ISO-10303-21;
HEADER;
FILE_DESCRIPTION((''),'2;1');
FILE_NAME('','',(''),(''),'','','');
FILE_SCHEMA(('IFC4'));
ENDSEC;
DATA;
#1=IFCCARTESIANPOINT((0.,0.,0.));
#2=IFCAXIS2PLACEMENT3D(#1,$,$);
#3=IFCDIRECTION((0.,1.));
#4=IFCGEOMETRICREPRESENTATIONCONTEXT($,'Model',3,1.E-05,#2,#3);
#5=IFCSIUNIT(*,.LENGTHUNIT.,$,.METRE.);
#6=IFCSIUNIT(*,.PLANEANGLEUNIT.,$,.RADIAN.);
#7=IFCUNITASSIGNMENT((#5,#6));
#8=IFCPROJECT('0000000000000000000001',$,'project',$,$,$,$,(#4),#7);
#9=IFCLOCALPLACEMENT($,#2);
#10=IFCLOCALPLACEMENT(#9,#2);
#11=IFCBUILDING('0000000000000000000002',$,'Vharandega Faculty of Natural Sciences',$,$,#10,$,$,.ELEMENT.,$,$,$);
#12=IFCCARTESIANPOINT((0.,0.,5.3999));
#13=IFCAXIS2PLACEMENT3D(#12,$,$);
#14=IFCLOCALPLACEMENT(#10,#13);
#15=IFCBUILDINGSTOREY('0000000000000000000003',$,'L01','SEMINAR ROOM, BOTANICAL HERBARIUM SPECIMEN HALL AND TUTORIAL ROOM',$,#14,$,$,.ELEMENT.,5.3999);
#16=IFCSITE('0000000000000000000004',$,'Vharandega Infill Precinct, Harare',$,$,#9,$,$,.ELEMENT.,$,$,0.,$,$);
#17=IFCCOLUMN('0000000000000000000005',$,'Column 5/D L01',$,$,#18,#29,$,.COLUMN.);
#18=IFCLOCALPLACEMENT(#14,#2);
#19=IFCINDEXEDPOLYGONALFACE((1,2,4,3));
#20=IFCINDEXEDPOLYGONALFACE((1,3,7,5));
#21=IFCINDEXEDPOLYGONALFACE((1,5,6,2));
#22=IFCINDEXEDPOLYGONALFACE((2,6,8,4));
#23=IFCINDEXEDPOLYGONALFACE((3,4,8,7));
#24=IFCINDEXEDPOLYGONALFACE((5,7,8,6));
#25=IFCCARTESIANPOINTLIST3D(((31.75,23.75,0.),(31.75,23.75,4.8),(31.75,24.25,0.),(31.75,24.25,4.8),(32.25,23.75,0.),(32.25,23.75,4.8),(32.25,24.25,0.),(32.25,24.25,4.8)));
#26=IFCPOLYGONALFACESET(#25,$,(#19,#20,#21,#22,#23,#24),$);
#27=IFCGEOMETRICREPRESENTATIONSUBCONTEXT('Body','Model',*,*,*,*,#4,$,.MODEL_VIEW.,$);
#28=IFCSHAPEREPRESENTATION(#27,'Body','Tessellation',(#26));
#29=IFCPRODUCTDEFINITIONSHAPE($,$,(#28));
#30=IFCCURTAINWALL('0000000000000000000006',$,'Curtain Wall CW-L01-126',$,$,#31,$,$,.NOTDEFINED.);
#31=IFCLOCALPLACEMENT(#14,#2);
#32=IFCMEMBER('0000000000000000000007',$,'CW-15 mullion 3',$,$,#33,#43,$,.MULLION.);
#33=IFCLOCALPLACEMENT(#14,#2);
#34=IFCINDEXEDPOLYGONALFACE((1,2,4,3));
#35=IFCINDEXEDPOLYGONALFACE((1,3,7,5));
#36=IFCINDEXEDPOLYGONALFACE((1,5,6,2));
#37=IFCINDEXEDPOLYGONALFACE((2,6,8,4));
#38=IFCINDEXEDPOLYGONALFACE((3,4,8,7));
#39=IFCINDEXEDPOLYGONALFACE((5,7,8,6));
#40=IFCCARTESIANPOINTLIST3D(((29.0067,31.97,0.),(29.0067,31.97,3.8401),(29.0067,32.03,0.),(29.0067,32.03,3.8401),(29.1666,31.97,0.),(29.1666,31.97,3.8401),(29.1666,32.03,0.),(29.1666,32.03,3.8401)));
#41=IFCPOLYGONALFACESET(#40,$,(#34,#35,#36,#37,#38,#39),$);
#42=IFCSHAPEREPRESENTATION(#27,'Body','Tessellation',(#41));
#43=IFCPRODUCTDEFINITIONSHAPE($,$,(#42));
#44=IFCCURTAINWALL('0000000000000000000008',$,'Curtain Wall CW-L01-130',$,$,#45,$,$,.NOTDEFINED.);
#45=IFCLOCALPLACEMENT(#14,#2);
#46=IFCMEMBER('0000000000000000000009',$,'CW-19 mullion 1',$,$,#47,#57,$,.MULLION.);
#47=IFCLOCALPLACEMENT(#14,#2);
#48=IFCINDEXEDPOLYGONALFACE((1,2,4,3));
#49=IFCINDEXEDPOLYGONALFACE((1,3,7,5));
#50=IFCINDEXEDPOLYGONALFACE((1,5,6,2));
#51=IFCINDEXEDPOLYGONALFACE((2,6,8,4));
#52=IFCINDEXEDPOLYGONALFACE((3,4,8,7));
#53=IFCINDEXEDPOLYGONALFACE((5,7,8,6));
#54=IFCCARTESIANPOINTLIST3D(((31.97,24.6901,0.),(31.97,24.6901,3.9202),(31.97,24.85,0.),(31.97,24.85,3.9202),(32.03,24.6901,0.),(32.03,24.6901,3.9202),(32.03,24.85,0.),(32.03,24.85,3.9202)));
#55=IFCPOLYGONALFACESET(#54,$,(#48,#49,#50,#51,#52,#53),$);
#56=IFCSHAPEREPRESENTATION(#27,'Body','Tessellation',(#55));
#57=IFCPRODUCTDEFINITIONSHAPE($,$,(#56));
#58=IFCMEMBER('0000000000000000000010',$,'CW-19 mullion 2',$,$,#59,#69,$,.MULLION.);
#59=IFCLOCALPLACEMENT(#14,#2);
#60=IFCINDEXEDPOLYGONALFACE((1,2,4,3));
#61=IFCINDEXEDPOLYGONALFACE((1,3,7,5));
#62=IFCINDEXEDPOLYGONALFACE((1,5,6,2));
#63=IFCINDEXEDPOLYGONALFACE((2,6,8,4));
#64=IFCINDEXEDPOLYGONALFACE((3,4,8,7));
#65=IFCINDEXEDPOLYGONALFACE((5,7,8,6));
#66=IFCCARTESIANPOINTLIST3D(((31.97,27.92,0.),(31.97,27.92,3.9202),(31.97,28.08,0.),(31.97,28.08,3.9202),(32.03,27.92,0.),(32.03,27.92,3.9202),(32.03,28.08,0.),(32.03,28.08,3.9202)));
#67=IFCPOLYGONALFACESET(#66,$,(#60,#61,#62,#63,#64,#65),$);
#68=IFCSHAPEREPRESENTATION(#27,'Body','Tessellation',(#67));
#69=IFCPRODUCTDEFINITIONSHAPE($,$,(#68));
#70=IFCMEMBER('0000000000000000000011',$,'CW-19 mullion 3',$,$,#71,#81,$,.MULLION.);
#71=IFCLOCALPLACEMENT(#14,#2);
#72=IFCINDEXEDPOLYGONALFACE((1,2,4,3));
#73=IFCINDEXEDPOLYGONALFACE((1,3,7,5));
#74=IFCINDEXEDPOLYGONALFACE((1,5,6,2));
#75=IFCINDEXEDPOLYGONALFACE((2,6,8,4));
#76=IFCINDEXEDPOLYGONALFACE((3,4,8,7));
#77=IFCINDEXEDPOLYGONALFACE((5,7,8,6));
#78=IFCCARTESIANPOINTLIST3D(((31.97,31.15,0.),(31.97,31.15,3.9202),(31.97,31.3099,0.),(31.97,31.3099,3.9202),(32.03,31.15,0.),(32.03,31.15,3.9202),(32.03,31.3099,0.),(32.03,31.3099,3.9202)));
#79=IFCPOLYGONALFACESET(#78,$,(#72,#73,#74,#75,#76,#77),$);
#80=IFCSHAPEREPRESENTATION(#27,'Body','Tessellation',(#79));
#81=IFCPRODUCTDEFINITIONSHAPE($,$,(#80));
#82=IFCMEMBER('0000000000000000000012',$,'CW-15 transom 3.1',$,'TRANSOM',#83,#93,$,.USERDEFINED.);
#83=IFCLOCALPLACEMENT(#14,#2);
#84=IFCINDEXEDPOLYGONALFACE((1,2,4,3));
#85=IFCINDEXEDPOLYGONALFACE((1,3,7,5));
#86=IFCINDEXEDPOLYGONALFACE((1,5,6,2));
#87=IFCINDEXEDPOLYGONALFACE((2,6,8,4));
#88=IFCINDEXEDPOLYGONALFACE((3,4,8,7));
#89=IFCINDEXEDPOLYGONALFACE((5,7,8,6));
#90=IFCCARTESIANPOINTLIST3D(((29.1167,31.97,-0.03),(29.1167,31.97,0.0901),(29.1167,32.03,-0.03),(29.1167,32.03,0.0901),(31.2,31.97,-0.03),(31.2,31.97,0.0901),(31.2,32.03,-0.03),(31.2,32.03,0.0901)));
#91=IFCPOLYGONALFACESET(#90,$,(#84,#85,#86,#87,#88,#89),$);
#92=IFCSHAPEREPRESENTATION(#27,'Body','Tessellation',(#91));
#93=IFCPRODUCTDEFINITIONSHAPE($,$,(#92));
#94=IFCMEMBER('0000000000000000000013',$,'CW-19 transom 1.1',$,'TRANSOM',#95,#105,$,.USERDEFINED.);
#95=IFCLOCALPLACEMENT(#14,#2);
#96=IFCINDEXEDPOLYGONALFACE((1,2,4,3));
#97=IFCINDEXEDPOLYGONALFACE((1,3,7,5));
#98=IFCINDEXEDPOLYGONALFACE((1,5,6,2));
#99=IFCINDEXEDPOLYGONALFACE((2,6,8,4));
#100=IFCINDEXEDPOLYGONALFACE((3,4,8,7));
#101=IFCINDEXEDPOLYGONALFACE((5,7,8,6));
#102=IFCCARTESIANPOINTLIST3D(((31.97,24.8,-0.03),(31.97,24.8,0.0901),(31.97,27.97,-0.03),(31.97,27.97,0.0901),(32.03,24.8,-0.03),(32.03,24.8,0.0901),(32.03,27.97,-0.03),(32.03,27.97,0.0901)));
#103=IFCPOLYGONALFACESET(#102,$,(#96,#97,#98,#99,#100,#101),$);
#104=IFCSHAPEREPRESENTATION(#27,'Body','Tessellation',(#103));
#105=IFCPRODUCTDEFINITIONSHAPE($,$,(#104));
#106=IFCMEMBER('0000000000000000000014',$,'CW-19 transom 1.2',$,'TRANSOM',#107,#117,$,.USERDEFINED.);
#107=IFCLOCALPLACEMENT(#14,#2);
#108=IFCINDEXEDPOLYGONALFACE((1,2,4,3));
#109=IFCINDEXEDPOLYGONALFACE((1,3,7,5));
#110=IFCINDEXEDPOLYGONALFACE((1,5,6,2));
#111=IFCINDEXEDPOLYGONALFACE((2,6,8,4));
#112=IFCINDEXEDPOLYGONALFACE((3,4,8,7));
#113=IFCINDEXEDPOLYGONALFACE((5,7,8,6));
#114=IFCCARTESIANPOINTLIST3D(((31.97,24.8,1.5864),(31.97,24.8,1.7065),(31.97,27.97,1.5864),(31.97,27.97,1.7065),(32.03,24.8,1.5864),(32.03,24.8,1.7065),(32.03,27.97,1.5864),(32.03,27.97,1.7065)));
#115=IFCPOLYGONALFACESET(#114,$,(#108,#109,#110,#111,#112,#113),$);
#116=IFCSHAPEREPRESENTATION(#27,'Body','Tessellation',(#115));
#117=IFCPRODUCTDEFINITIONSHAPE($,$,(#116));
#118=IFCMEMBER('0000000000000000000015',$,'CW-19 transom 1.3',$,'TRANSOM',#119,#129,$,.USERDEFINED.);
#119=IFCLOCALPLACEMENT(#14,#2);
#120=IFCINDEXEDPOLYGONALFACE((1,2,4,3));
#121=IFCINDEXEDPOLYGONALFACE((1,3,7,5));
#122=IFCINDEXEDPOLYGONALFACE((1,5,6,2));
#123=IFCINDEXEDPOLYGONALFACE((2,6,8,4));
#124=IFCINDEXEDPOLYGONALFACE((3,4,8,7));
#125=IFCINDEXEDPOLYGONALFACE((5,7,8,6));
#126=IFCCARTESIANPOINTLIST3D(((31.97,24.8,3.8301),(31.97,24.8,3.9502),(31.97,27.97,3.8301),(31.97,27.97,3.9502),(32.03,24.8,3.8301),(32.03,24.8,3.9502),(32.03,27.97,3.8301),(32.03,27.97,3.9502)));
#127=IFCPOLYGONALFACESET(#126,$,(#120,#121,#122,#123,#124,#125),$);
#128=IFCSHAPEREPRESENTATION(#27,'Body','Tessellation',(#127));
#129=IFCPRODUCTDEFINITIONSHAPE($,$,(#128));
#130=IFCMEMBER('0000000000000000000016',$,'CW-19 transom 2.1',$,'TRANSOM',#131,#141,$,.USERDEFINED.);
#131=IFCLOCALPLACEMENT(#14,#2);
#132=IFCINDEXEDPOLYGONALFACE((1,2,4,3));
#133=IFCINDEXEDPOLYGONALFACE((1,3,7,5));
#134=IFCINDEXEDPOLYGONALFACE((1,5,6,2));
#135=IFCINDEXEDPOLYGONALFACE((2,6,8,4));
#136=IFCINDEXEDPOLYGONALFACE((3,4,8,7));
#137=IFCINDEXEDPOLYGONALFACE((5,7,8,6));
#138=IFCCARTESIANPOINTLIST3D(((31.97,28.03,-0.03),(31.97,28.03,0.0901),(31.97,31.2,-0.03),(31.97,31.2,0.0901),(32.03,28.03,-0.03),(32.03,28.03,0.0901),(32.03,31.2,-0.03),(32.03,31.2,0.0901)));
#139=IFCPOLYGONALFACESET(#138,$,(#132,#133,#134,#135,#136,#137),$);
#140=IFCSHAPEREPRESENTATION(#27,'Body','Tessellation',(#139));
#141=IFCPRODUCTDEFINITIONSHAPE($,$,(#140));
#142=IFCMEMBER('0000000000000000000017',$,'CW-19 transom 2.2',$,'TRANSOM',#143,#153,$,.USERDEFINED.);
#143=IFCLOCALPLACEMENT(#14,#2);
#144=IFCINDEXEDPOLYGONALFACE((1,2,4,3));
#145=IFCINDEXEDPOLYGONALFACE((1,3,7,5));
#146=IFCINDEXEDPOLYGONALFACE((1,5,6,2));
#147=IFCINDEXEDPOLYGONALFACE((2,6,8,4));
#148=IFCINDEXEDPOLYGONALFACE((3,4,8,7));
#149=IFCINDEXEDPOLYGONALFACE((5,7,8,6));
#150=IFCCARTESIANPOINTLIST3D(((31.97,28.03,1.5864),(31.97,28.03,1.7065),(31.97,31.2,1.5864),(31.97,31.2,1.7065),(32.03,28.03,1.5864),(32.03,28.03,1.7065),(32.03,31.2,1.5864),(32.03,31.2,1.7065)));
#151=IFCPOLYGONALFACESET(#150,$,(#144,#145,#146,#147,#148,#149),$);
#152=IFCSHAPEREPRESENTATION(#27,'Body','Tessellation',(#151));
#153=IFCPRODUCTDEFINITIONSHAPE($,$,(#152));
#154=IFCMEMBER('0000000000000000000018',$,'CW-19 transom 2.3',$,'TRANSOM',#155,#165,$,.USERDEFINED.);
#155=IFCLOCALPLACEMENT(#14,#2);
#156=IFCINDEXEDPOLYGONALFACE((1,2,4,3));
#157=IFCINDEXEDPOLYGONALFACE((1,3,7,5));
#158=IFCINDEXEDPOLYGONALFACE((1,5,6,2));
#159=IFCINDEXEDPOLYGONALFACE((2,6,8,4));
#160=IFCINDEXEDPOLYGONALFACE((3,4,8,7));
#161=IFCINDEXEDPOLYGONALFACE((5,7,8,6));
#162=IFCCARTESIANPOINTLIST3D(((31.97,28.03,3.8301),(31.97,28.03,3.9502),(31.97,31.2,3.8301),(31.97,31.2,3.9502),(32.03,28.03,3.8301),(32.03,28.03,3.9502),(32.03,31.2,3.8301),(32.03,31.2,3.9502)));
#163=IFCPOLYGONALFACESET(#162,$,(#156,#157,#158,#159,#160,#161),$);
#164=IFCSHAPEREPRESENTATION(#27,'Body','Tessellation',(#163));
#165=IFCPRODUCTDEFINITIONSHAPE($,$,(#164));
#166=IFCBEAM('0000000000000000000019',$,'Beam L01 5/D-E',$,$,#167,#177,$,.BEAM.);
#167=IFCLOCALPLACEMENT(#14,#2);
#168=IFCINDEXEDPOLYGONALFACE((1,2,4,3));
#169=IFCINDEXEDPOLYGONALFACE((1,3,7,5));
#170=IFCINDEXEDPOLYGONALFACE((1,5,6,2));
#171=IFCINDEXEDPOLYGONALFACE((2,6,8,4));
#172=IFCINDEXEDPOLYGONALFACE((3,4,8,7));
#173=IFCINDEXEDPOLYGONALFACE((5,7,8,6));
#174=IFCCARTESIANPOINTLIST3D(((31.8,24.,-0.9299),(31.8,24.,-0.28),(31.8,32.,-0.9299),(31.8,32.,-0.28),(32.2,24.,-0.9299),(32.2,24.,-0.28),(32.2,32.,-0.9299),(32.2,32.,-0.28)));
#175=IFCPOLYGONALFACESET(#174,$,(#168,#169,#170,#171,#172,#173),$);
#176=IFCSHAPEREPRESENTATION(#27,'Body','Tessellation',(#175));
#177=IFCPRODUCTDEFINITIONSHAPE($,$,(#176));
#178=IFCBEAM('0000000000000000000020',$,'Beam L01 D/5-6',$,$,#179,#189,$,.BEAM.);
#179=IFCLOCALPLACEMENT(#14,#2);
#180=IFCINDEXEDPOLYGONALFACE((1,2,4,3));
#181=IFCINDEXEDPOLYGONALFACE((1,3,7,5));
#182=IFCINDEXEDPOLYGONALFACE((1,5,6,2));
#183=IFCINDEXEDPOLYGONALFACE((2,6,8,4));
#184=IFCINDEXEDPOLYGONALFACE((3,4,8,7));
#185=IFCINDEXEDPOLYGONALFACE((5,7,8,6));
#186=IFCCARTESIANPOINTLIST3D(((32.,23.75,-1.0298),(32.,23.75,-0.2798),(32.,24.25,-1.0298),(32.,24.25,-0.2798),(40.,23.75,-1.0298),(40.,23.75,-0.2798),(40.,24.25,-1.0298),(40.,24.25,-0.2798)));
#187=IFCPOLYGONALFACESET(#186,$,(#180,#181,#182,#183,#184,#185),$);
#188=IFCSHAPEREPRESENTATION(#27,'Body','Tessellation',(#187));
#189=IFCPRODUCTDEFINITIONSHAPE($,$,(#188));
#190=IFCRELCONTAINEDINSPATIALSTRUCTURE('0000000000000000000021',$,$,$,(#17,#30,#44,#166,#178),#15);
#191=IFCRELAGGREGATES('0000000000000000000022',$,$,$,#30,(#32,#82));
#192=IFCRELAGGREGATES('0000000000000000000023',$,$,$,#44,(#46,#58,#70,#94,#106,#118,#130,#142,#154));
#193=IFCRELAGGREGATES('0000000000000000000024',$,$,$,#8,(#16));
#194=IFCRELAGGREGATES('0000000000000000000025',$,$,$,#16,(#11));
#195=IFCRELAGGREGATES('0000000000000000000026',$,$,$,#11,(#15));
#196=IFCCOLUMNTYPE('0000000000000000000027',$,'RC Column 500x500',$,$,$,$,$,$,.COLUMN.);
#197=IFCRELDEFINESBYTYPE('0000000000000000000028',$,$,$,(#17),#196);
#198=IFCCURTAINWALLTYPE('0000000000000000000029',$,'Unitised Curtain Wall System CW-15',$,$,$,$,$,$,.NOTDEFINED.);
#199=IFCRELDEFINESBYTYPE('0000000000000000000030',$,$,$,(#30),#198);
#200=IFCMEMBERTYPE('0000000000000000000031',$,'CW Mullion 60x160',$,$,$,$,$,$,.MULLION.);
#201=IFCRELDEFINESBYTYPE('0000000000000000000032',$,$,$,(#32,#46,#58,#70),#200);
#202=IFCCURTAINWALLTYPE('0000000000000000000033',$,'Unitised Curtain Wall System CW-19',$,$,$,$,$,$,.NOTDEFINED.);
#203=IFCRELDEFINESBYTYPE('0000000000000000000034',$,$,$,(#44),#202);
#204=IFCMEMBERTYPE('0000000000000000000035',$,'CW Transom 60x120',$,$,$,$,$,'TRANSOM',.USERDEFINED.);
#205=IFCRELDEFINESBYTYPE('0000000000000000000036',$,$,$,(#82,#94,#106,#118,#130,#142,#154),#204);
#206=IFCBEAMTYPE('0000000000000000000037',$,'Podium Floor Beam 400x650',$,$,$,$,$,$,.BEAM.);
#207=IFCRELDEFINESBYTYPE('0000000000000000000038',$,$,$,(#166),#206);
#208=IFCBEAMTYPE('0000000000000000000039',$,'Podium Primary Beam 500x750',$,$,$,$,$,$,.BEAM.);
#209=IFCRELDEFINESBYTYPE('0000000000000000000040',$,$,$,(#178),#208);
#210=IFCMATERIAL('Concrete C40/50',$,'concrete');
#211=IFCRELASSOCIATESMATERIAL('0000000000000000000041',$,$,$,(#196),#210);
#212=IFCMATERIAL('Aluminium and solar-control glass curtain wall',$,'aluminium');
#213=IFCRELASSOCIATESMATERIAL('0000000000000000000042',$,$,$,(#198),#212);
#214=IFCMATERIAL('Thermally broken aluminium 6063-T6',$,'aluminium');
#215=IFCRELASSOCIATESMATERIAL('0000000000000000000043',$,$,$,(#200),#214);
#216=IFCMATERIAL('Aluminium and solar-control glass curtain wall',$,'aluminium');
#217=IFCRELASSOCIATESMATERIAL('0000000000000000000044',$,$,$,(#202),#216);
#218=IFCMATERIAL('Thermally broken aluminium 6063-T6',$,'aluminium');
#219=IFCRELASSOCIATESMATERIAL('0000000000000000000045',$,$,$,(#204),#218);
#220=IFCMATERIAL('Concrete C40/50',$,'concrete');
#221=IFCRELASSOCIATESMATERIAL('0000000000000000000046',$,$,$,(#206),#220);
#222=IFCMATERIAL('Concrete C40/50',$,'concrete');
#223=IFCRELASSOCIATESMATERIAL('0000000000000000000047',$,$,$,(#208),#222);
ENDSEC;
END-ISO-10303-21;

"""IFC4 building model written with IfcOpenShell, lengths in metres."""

from ifc_helpers import new_model, si_unit, direction, frame, origin, origin_2d, place, context, subcontext, project, spatial, rectangle, extrude, material, material_profile, profile_set, type_object, element, aggregate, save


model = new_model("IFC4")

# Units and contexts
model_context = context("Model", 3, precision=1e-05, world=origin(), true_north=direction((0.0, 1.0)))
body_context = subcontext(model_context, "Body", "Model", "MODEL_VIEW")
ifc_project = project(units=[si_unit("LENGTHUNIT", "METRE"), si_unit("PLANEANGLEUNIT", "RADIAN")], contexts=[model_context])

# Site, building, storey
site_placement = place(None, origin())
site = spatial("IfcSite", under=ifc_project, at=site_placement, Name="Vharandega Infill Precinct, Harare", CompositionType="ELEMENT", RefElevation=0.0)
building_placement = place(site_placement, origin())
building = spatial("IfcBuilding", under=site, at=building_placement, Name="Vharandega Faculty of Natural Sciences", CompositionType="ELEMENT")
storey_placement = place(building_placement, frame((0.0, 0.0, 5.3999)))
storey = spatial("IfcBuildingStorey", under=building, at=storey_placement, Name="L01", Description="SEMINAR ROOM, BOTANICAL HERBARIUM SPECIMEN HALL AND TUTORIAL ROOM", CompositionType="ELEMENT", Elevation=5.3999)

# Column
ifc_material_1 = material(Name="Concrete C40/50", Category="concrete")
ifc_material_profile_1 = material_profile(ifc_material_1, rectangle(XDim=0.5, YDim=0.5, at=origin_2d()), Name="RC 500x500")
ifc_profile_set_1 = profile_set([ifc_material_profile_1], Name="Concrete C40/50")
column_type = type_object("IfcColumnType", Name="RC Column 500x500", PredefinedType="COLUMN", material=ifc_profile_set_1)
column_placement = place(storey_placement, frame((32.0, 24.0, 0.0), z_axis=(0.0, 0.0, 1.0), x_axis=(1.0, 0.0, 0.0)))
element("IfcColumn", 1, at=column_placement, inside=storey, type_object=column_type, Name="Column 5/D L01", PredefinedType="COLUMN", context=body_context, shape_type="SweptSolid", body=[
    extrude(rectangle(XDim=0.5, YDim=0.5, at=origin_2d()), origin(), (0.0, 0.0, 1.0), 4.8),
])

# Curtain wall, member
ifc_material_2 = material(Name="Aluminium and solar-control glass curtain wall", Category="aluminium")
curtain_wall_type_1 = type_object("IfcCurtainWallType", Name="Unitised Curtain Wall System CW-15", PredefinedType="NOTDEFINED", material=ifc_material_2)
curtain_wall_1_placement = place(storey_placement, origin())
curtain_wall_1 = element("IfcCurtainWall", 2, at=curtain_wall_1_placement, inside=storey, type_object=curtain_wall_type_1, Name="Curtain Wall CW-L01-126", PredefinedType="NOTDEFINED")
ifc_material_3 = material(Name="Thermally broken aluminium 6063-T6", Category="aluminium")
ifc_material_profile_2 = material_profile(ifc_material_3, rectangle(XDim=0.0601, YDim=0.1599, at=origin_2d()), Name="ALU 60x160")
ifc_profile_set_2 = profile_set([ifc_material_profile_2], Name="Thermally broken aluminium 6063-T6")
member_type_1 = type_object("IfcMemberType", Name="CW Mullion 60x160", PredefinedType="MULLION", material=ifc_profile_set_2)
member_1_placement = place(storey_placement, frame((29.0867, 32.0, 0.0), z_axis=(0.0, 0.0, 1.0), x_axis=(0.0, 1.0, 0.0)))
member_1 = element("IfcMember", 3, at=member_1_placement, type_object=member_type_1, Name="CW-15 mullion 3", PredefinedType="MULLION", context=body_context, shape_type="SweptSolid", body=[
    extrude(rectangle(XDim=0.0601, YDim=0.1599, at=origin_2d()), origin(), (0.0, 0.0, 1.0), 3.8401),
])

# Curtain wall, members
ifc_material_4 = material(Name="Aluminium and solar-control glass curtain wall", Category="aluminium")
curtain_wall_type_2 = type_object("IfcCurtainWallType", Name="Unitised Curtain Wall System CW-19", PredefinedType="NOTDEFINED", material=ifc_material_4)
curtain_wall_2_placement = place(storey_placement, origin())
curtain_wall_2 = element("IfcCurtainWall", 4, at=curtain_wall_2_placement, inside=storey, type_object=curtain_wall_type_2, Name="Curtain Wall CW-L01-130", PredefinedType="NOTDEFINED")
member_2_placement = place(storey_placement, frame((32.0, 24.77, 0.0), z_axis=(0.0, 0.0, 1.0), x_axis=(-1.0, 0.0, 0.0)))
member_2 = element("IfcMember", 5, at=member_2_placement, type_object=member_type_1, Name="CW-19 mullion 1", PredefinedType="MULLION", context=body_context, shape_type="SweptSolid", body=[
    extrude(rectangle(XDim=0.0601, YDim=0.1599, at=origin_2d()), origin(), (0.0, 0.0, 1.0), 3.9202),
])
member_3_placement = place(storey_placement, frame((32.0, 28.0, 0.0), z_axis=(0.0, 0.0, 1.0), x_axis=(-1.0, 0.0, 0.0)))
member_3 = element("IfcMember", 6, at=member_3_placement, type_object=member_type_1, Name="CW-19 mullion 2", PredefinedType="MULLION", context=body_context, shape_type="SweptSolid", body=[
    extrude(rectangle(XDim=0.0601, YDim=0.1599, at=origin_2d()), origin(), (0.0, 0.0, 1.0), 3.9202),
])
member_4_placement = place(storey_placement, frame((32.0, 31.23, 0.0), z_axis=(0.0, 0.0, 1.0), x_axis=(-1.0, 0.0, 0.0)))
member_4 = element("IfcMember", 7, at=member_4_placement, type_object=member_type_1, Name="CW-19 mullion 3", PredefinedType="MULLION", context=body_context, shape_type="SweptSolid", body=[
    extrude(rectangle(XDim=0.0601, YDim=0.1599, at=origin_2d()), origin(), (0.0, 0.0, 1.0), 3.9202),
])

# Members
ifc_material_5 = material(Name="Thermally broken aluminium 6063-T6", Category="aluminium")
ifc_material_profile_3 = material_profile(ifc_material_5, rectangle(XDim=0.0601, YDim=0.1201, at=origin_2d()), Name="ALU 60x120")
ifc_profile_set_3 = profile_set([ifc_material_profile_3], Name="Thermally broken aluminium 6063-T6")
member_type_2 = type_object("IfcMemberType", Name="CW Transom 60x120", ElementType="TRANSOM", PredefinedType="USERDEFINED", material=ifc_profile_set_3)
member_5_placement = place(storey_placement, frame((29.1167, 32.0, 0.03), z_axis=(1.0, 0.0, 0.0), x_axis=(0.0, 1.0, 0.0)))
member_5 = element("IfcMember", 8, at=member_5_placement, type_object=member_type_2, Name="CW-15 transom 3.1", ObjectType="TRANSOM", PredefinedType="USERDEFINED", context=body_context, shape_type="SweptSolid", body=[
    extrude(rectangle(XDim=0.0601, YDim=0.1201, at=origin_2d()), origin(), (0.0, 0.0, 1.0), 2.0833),
])
member_6_placement = place(storey_placement, frame((32.0, 24.8, 0.03), z_axis=(0.0, 1.0, 0.0), x_axis=(-1.0, 0.0, 0.0)))
member_6 = element("IfcMember", 9, at=member_6_placement, type_object=member_type_2, Name="CW-19 transom 1.1", ObjectType="TRANSOM", PredefinedType="USERDEFINED", context=body_context, shape_type="SweptSolid", body=[
    extrude(rectangle(XDim=0.0601, YDim=0.1201, at=origin_2d()), origin(), (0.0, 0.0, 1.0), 3.1699),
])
member_7_placement = place(storey_placement, frame((32.0, 24.8, 1.6465), z_axis=(0.0, 1.0, 0.0), x_axis=(-1.0, 0.0, 0.0)))
member_7 = element("IfcMember", 10, at=member_7_placement, type_object=member_type_2, Name="CW-19 transom 1.2", ObjectType="TRANSOM", PredefinedType="USERDEFINED", context=body_context, shape_type="SweptSolid", body=[
    extrude(rectangle(XDim=0.0601, YDim=0.1201, at=origin_2d()), origin(), (0.0, 0.0, 1.0), 3.1699),
])
member_8_placement = place(storey_placement, frame((32.0, 24.8, 3.8901), z_axis=(0.0, 1.0, 0.0), x_axis=(-1.0, 0.0, 0.0)))
member_8 = element("IfcMember", 11, at=member_8_placement, type_object=member_type_2, Name="CW-19 transom 1.3", ObjectType="TRANSOM", PredefinedType="USERDEFINED", context=body_context, shape_type="SweptSolid", body=[
    extrude(rectangle(XDim=0.0601, YDim=0.1201, at=origin_2d()), origin(), (0.0, 0.0, 1.0), 3.1699),
])
member_9_placement = place(storey_placement, frame((32.0, 28.03, 0.03), z_axis=(0.0, 1.0, 0.0), x_axis=(-1.0, 0.0, 0.0)))
member_9 = element("IfcMember", 12, at=member_9_placement, type_object=member_type_2, Name="CW-19 transom 2.1", ObjectType="TRANSOM", PredefinedType="USERDEFINED", context=body_context, shape_type="SweptSolid", body=[
    extrude(rectangle(XDim=0.0601, YDim=0.1201, at=origin_2d()), origin(), (0.0, 0.0, 1.0), 3.1699),
])
member_10_placement = place(storey_placement, frame((32.0, 28.03, 1.6465), z_axis=(0.0, 1.0, 0.0), x_axis=(-1.0, 0.0, 0.0)))
member_10 = element("IfcMember", 13, at=member_10_placement, type_object=member_type_2, Name="CW-19 transom 2.2", ObjectType="TRANSOM", PredefinedType="USERDEFINED", context=body_context, shape_type="SweptSolid", body=[
    extrude(rectangle(XDim=0.0601, YDim=0.1201, at=origin_2d()), origin(), (0.0, 0.0, 1.0), 3.1699),
])
member_11_placement = place(storey_placement, frame((32.0, 28.03, 3.8901), z_axis=(0.0, 1.0, 0.0), x_axis=(-1.0, 0.0, 0.0)))
member_11 = element("IfcMember", 14, at=member_11_placement, type_object=member_type_2, Name="CW-19 transom 2.3", ObjectType="TRANSOM", PredefinedType="USERDEFINED", context=body_context, shape_type="SweptSolid", body=[
    extrude(rectangle(XDim=0.0601, YDim=0.1201, at=origin_2d()), origin(), (0.0, 0.0, 1.0), 3.1699),
])

# Beams
ifc_material_6 = material(Name="Concrete C40/50", Category="concrete")
ifc_material_profile_4 = material_profile(ifc_material_6, rectangle(XDim=0.3999, YDim=0.6499, at=origin_2d()), Name="RC 400x650")
ifc_profile_set_4 = profile_set([ifc_material_profile_4], Name="Concrete C40/50")
beam_type_1 = type_object("IfcBeamType", Name="Podium Floor Beam 400x650", PredefinedType="BEAM", material=ifc_profile_set_4)
beam_1_placement = place(storey_placement, frame((32.0, 24.0, -0.605), z_axis=(0.0, 1.0, 0.0), x_axis=(-1.0, 0.0, 0.0)))
element("IfcBeam", 15, at=beam_1_placement, inside=storey, type_object=beam_type_1, Name="Beam L01 5/D-E", PredefinedType="BEAM", context=body_context, shape_type="SweptSolid", body=[
    extrude(rectangle(XDim=0.3999, YDim=0.6499, at=origin_2d()), origin(), (0.0, 0.0, 1.0), 8.0),
])
ifc_material_7 = material(Name="Concrete C40/50", Category="concrete")
ifc_material_profile_5 = material_profile(ifc_material_7, rectangle(XDim=0.5, YDim=0.75, at=origin_2d()), Name="RC 500x750")
ifc_profile_set_5 = profile_set([ifc_material_profile_5], Name="Concrete C40/50")
beam_type_2 = type_object("IfcBeamType", Name="Podium Primary Beam 500x750", PredefinedType="BEAM", material=ifc_profile_set_5)
beam_2_placement = place(storey_placement, frame((32.0, 24.0, -0.6548), z_axis=(1.0, 0.0, 0.0), x_axis=(0.0, 1.0, 0.0)))
element("IfcBeam", 16, at=beam_2_placement, inside=storey, type_object=beam_type_2, Name="Beam L01 D/5-6", PredefinedType="BEAM", context=body_context, shape_type="SweptSolid", body=[
    extrude(rectangle(XDim=0.5, YDim=0.75, at=origin_2d()), origin(), (0.0, 0.0, 1.0), 8.0),
])

aggregate(curtain_wall_1, [member_1, member_5])
aggregate(curtain_wall_2, [member_2, member_3, member_4, member_6, member_7, member_8, member_9, member_10, member_11])

save(model, "model.ifc")
